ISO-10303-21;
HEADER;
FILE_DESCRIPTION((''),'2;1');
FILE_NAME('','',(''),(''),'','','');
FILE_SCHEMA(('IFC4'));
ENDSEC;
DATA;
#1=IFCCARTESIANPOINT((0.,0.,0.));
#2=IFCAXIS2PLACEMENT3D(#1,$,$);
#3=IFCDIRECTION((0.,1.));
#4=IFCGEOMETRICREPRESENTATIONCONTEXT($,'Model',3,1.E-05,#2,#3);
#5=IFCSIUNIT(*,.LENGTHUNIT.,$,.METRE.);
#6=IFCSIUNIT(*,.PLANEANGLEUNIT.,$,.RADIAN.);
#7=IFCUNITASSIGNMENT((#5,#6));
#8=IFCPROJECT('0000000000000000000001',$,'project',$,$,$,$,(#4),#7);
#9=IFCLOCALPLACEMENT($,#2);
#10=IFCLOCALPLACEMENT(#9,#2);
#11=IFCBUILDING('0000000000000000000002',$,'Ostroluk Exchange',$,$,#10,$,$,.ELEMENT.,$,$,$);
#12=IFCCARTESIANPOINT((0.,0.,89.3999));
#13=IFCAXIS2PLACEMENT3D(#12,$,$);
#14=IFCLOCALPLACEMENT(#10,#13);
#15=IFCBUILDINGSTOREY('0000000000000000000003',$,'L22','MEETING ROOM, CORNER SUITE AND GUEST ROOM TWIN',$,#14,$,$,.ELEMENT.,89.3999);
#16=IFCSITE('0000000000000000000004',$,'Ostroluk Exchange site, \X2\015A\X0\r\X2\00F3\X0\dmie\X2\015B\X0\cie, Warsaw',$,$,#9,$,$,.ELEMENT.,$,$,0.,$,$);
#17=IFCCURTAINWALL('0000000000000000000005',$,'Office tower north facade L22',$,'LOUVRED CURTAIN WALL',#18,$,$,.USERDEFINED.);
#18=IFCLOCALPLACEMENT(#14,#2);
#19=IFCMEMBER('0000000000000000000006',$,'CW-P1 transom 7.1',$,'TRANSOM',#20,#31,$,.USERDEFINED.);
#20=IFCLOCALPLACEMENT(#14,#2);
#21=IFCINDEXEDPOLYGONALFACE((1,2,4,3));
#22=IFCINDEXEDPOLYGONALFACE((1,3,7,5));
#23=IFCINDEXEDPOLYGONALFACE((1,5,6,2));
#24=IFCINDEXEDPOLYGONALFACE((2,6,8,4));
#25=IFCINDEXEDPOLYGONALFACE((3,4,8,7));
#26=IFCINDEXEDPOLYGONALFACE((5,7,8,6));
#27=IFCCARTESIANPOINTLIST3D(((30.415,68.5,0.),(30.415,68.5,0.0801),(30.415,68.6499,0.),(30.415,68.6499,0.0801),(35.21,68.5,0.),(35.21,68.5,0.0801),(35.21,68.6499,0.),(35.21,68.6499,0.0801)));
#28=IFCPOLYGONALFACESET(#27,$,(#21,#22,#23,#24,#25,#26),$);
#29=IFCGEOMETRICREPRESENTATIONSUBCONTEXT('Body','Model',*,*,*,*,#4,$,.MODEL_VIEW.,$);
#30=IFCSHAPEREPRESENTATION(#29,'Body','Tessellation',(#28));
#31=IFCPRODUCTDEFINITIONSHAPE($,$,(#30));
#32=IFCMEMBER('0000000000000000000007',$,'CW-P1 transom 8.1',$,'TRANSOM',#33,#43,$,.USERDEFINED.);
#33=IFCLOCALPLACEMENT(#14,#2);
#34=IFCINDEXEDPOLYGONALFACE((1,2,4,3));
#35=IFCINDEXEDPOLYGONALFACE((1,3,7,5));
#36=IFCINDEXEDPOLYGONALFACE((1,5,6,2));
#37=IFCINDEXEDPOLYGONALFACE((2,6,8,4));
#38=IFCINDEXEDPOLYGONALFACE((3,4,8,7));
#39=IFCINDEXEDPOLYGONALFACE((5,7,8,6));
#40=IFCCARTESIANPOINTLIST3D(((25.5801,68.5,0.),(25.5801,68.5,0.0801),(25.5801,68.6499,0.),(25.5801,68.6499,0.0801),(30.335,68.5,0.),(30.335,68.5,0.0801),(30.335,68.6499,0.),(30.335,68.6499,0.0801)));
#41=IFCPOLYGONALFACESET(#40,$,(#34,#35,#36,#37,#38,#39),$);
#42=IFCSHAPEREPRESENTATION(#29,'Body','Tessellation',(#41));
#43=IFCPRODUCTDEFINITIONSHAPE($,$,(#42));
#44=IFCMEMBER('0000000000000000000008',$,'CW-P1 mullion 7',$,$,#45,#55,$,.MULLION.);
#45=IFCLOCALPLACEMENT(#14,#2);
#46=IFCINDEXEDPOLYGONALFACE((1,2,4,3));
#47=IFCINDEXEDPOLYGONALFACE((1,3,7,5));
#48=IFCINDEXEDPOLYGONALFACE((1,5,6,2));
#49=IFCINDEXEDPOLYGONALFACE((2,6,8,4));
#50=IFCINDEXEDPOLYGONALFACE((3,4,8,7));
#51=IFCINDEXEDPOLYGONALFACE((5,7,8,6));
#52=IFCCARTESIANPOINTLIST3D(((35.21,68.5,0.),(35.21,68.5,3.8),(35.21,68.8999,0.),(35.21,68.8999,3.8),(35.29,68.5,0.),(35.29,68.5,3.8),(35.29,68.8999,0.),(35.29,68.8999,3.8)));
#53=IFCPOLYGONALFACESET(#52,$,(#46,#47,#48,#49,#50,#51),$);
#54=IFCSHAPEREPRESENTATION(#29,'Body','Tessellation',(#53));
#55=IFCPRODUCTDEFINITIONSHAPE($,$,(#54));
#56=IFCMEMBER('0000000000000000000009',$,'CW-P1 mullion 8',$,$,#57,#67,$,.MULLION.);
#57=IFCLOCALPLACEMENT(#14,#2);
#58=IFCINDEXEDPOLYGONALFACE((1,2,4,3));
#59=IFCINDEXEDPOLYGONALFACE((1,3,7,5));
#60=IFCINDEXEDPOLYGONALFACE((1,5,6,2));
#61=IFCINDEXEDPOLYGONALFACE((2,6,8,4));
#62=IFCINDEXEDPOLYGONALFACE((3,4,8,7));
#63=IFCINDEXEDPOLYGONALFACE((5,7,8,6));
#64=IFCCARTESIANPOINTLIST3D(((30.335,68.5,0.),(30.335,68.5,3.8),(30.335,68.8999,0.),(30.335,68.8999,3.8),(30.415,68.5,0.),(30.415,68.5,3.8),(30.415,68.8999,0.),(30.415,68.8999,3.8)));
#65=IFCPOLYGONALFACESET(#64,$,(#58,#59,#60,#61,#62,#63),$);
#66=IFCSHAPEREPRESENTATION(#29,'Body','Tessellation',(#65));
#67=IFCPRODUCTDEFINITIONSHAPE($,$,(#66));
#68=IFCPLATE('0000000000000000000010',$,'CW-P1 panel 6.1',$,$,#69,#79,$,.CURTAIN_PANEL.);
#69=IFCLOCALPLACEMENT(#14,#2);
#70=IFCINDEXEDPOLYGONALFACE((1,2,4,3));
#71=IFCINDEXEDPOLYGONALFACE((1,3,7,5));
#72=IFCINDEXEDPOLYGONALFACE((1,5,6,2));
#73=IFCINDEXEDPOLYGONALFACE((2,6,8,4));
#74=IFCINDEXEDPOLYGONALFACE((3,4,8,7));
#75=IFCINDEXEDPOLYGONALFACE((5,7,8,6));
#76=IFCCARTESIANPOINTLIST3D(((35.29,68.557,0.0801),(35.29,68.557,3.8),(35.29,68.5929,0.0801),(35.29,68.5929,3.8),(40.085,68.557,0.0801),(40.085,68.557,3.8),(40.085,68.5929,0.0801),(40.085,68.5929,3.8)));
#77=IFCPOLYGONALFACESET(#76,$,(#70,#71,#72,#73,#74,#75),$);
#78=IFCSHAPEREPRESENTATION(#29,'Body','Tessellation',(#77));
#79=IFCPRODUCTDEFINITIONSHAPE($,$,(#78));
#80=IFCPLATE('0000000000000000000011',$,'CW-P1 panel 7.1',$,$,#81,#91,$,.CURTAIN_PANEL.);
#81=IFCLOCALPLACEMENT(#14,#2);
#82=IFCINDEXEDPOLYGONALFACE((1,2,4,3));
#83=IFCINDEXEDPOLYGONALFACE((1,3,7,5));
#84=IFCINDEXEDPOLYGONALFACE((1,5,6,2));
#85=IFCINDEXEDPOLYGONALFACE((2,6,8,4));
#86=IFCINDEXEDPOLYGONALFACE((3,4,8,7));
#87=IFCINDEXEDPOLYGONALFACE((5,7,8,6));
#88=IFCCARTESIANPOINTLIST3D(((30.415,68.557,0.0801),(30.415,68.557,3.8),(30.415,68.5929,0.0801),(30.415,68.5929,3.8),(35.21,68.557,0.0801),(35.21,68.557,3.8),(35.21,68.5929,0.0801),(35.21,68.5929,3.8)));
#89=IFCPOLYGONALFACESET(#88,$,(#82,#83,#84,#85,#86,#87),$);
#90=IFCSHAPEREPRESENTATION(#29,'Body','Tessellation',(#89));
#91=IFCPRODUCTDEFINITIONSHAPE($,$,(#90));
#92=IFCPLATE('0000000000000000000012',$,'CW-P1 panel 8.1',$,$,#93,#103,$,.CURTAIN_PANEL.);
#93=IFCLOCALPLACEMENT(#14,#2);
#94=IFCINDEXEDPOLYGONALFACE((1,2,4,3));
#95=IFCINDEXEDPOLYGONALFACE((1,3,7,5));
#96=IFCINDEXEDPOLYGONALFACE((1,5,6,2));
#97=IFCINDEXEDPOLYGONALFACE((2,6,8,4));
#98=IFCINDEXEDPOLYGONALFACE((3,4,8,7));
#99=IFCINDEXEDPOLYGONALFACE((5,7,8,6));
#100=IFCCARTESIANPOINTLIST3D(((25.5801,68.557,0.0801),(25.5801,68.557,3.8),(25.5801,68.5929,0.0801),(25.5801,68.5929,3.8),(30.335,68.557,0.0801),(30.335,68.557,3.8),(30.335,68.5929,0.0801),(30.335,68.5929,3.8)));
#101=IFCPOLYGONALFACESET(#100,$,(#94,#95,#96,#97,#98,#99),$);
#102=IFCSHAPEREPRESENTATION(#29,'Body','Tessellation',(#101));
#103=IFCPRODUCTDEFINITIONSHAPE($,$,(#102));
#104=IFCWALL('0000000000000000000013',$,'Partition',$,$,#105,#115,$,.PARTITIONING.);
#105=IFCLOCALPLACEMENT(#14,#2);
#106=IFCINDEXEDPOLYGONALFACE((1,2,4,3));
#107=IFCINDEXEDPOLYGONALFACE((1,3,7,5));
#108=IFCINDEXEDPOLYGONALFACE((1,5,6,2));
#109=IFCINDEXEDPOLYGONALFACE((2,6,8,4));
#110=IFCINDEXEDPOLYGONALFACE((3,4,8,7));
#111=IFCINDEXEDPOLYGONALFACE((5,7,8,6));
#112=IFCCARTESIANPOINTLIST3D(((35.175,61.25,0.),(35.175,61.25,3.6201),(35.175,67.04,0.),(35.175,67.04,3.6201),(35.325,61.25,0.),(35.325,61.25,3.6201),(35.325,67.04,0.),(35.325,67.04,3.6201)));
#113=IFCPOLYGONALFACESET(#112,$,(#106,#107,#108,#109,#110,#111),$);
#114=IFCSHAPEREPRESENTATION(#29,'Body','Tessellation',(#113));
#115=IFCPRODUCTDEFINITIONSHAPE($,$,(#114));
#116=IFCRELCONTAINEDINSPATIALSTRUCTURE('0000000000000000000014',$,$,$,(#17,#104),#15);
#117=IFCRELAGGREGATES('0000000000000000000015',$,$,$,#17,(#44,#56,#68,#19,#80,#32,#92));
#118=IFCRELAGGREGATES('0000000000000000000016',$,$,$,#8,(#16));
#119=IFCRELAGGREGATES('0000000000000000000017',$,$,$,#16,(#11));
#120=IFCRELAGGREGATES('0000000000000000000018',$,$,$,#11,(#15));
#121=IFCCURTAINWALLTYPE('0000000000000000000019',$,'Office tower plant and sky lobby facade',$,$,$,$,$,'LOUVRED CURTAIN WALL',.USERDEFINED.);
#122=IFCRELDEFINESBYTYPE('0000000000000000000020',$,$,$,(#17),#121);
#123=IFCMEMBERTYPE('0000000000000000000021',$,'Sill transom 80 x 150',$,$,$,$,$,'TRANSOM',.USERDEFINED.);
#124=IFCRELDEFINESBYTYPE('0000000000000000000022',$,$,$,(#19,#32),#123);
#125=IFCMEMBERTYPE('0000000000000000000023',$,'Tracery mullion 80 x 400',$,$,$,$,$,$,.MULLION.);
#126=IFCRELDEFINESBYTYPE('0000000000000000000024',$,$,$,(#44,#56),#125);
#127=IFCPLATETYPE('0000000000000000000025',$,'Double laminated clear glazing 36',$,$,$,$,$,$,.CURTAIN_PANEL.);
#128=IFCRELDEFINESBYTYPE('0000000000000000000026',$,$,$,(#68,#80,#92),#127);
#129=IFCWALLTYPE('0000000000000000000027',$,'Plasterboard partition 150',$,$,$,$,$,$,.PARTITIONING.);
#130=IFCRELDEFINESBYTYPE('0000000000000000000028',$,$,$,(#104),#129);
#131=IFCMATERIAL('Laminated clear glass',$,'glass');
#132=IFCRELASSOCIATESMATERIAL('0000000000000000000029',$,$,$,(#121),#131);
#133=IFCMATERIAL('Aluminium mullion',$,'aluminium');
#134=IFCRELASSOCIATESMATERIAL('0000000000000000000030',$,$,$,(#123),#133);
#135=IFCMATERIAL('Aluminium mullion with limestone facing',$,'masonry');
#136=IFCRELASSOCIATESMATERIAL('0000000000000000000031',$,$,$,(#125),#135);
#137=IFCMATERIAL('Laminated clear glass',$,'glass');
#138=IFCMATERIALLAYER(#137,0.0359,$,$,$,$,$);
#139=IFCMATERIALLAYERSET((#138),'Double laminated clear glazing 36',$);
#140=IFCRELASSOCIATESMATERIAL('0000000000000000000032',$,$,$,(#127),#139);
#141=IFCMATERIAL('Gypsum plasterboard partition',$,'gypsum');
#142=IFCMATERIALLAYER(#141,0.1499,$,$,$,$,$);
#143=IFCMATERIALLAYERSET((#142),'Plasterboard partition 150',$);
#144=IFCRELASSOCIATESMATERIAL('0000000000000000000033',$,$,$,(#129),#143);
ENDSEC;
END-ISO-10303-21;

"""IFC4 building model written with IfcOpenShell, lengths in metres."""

from ifc_helpers import new_model, si_unit, direction, frame, frame_2d, origin, origin_2d, place, context, subcontext, project, spatial, rectangle, extrude, material, layer, layer_set, material_profile, profile_set, type_object, element, aggregate, save


model = new_model("IFC4")

# Units and contexts
model_context = context("Model", 3, precision=1e-05, world=origin(), true_north=direction((0.0, 1.0)))
body_context = subcontext(model_context, "Body", "Model", "MODEL_VIEW")
ifc_project = project(units=[si_unit("LENGTHUNIT", "METRE"), si_unit("PLANEANGLEUNIT", "RADIAN")], contexts=[model_context])

# Site, building, storey
site_placement = place(None, origin())
site = spatial("IfcSite", under=ifc_project, at=site_placement, Name="Ostroluk Exchange site, Śródmieście, Warsaw", CompositionType="ELEMENT", RefElevation=0.0)
building_placement = place(site_placement, origin())
building = spatial("IfcBuilding", under=site, at=building_placement, Name="Ostroluk Exchange", CompositionType="ELEMENT")
storey_placement = place(building_placement, frame((0.0, 0.0, 89.3999)))
storey = spatial("IfcBuildingStorey", under=building, at=storey_placement, Name="L22", Description="MEETING ROOM, CORNER SUITE AND GUEST ROOM TWIN", CompositionType="ELEMENT", Elevation=89.3999)

# Curtain wall, members, plates
ifc_material_1 = material(Name="Laminated clear glass", Category="glass")
curtain_wall_type = type_object("IfcCurtainWallType", Name="Office tower plant and sky lobby facade", ElementType="LOUVRED CURTAIN WALL", PredefinedType="USERDEFINED", material=ifc_material_1)
curtain_wall_placement = place(storey_placement, origin())
curtain_wall = element("IfcCurtainWall", 1, at=curtain_wall_placement, inside=storey, type_object=curtain_wall_type, Name="Office tower north facade L22", ObjectType="LOUVRED CURTAIN WALL", PredefinedType="USERDEFINED")
ifc_material_2 = material(Name="Aluminium mullion", Category="aluminium")
ifc_material_profile_1 = material_profile(ifc_material_2, rectangle(XDim=0.1499, YDim=0.0801, at=origin_2d()), Name="Sill transom 80 x 150")
ifc_profile_set_1 = profile_set([ifc_material_profile_1], Name="Aluminium mullion")
member_type_1 = type_object("IfcMemberType", Name="Sill transom 80 x 150", ElementType="TRANSOM", PredefinedType="USERDEFINED", material=ifc_profile_set_1)
member_1_placement = place(storey_placement, frame((35.21, 68.575, 0.04), z_axis=(-1.0, 0.0, 0.0), x_axis=(0.0, -1.0, 0.0)))
member_1 = element("IfcMember", 2, at=member_1_placement, type_object=member_type_1, Name="CW-P1 transom 7.1", ObjectType="TRANSOM", PredefinedType="USERDEFINED", context=body_context, shape_type="SweptSolid", body=[
    extrude(rectangle(XDim=0.1499, YDim=0.0801, at=origin_2d()), origin(), (0.0, 0.0, 1.0), 4.7949),
])
member_2_placement = place(storey_placement, frame((30.335, 68.575, 0.04), z_axis=(-1.0, 0.0, 0.0), x_axis=(0.0, -1.0, 0.0)))
member_2 = element("IfcMember", 3, at=member_2_placement, type_object=member_type_1, Name="CW-P1 transom 8.1", ObjectType="TRANSOM", PredefinedType="USERDEFINED", context=body_context, shape_type="SweptSolid", body=[
    extrude(rectangle(XDim=0.1499, YDim=0.0801, at=origin_2d()), origin(), (0.0, 0.0, 1.0), 4.7549),
])
ifc_material_3 = material(Name="Aluminium mullion with limestone facing", Category="masonry")
ifc_material_profile_2 = material_profile(ifc_material_3, rectangle(XDim=0.3999, YDim=0.0801, at=origin_2d()), Name="Tracery mullion 80 x 400")
ifc_profile_set_2 = profile_set([ifc_material_profile_2], Name="Aluminium mullion with limestone facing")
member_type_2 = type_object("IfcMemberType", Name="Tracery mullion 80 x 400", PredefinedType="MULLION", material=ifc_profile_set_2)
member_3_placement = place(storey_placement, frame((35.25, 68.7, 0.0), z_axis=(0.0, 0.0, 1.0), x_axis=(0.0, -1.0, 0.0)))
member_3 = element("IfcMember", 4, at=member_3_placement, type_object=member_type_2, Name="CW-P1 mullion 7", PredefinedType="MULLION", context=body_context, shape_type="SweptSolid", body=[
    extrude(rectangle(XDim=0.3999, YDim=0.0801, at=origin_2d()), origin(), (0.0, 0.0, 1.0), 3.8),
])
member_4_placement = place(storey_placement, frame((30.375, 68.7, 0.0), z_axis=(0.0, 0.0, 1.0), x_axis=(0.0, -1.0, 0.0)))
member_4 = element("IfcMember", 5, at=member_4_placement, type_object=member_type_2, Name="CW-P1 mullion 8", PredefinedType="MULLION", context=body_context, shape_type="SweptSolid", body=[
    extrude(rectangle(XDim=0.3999, YDim=0.0801, at=origin_2d()), origin(), (0.0, 0.0, 1.0), 3.8),
])
ifc_material_4 = material(Name="Laminated clear glass", Category="glass")
ifc_layer_1 = layer(ifc_material_4, 0.0359)
ifc_layer_set_1 = layer_set([ifc_layer_1], Name="Double laminated clear glazing 36")
plate_type = type_object("IfcPlateType", Name="Double laminated clear glazing 36", PredefinedType="CURTAIN_PANEL", material=ifc_layer_set_1)
plate_1_placement = place(storey_placement, frame((37.6875, 68.575, 0.0801), z_axis=(0.0, 0.0, 1.0), x_axis=(-1.0, 0.0, 0.0)))
plate_1 = element("IfcPlate", 6, at=plate_1_placement, type_object=plate_type, Name="CW-P1 panel 6.1", PredefinedType="CURTAIN_PANEL", context=body_context, shape_type="SweptSolid", body=[
    extrude(rectangle(XDim=4.7949, YDim=0.0359, at=origin_2d()), origin(), (0.0, 0.0, 1.0), 3.72),
])
plate_2_placement = place(storey_placement, frame((32.8125, 68.575, 0.0801), z_axis=(0.0, 0.0, 1.0), x_axis=(-1.0, 0.0, 0.0)))
plate_2 = element("IfcPlate", 7, at=plate_2_placement, type_object=plate_type, Name="CW-P1 panel 7.1", PredefinedType="CURTAIN_PANEL", context=body_context, shape_type="SweptSolid", body=[
    extrude(rectangle(XDim=4.7949, YDim=0.0359, at=origin_2d()), origin(), (0.0, 0.0, 1.0), 3.72),
])
plate_3_placement = place(storey_placement, frame((27.9575, 68.575, 0.0801), z_axis=(0.0, 0.0, 1.0), x_axis=(-1.0, 0.0, 0.0)))
plate_3 = element("IfcPlate", 8, at=plate_3_placement, type_object=plate_type, Name="CW-P1 panel 8.1", PredefinedType="CURTAIN_PANEL", context=body_context, shape_type="SweptSolid", body=[
    extrude(rectangle(XDim=4.7549, YDim=0.0359, at=origin_2d()), origin(), (0.0, 0.0, 1.0), 3.72),
])
aggregate(curtain_wall, [member_3, member_4, plate_1, member_1, plate_2, member_2, plate_3])

# Wall
ifc_material_5 = material(Name="Gypsum plasterboard partition", Category="gypsum")
ifc_layer_2 = layer(ifc_material_5, 0.1499)
ifc_layer_set_2 = layer_set([ifc_layer_2], Name="Plasterboard partition 150")
wall_type = type_object("IfcWallType", Name="Plasterboard partition 150", PredefinedType="PARTITIONING", material=ifc_layer_set_2)
wall_1_placement = place(storey_placement, frame((35.25, 61.25, 0.0), z_axis=(0.0, 0.0, 1.0), x_axis=(0.0, 1.0, 0.0)))
element("IfcWall", 9, at=wall_1_placement, inside=storey, type_object=wall_type, Name="Partition", PredefinedType="PARTITIONING", context=body_context, shape_type="SweptSolid", body=[
    extrude(rectangle(XDim=5.79, YDim=0.1499, at=frame_2d((2.895, 0.0))), origin(), (0.0, 0.0, 1.0), 3.6201),
])

save(model, "model.ifc")
